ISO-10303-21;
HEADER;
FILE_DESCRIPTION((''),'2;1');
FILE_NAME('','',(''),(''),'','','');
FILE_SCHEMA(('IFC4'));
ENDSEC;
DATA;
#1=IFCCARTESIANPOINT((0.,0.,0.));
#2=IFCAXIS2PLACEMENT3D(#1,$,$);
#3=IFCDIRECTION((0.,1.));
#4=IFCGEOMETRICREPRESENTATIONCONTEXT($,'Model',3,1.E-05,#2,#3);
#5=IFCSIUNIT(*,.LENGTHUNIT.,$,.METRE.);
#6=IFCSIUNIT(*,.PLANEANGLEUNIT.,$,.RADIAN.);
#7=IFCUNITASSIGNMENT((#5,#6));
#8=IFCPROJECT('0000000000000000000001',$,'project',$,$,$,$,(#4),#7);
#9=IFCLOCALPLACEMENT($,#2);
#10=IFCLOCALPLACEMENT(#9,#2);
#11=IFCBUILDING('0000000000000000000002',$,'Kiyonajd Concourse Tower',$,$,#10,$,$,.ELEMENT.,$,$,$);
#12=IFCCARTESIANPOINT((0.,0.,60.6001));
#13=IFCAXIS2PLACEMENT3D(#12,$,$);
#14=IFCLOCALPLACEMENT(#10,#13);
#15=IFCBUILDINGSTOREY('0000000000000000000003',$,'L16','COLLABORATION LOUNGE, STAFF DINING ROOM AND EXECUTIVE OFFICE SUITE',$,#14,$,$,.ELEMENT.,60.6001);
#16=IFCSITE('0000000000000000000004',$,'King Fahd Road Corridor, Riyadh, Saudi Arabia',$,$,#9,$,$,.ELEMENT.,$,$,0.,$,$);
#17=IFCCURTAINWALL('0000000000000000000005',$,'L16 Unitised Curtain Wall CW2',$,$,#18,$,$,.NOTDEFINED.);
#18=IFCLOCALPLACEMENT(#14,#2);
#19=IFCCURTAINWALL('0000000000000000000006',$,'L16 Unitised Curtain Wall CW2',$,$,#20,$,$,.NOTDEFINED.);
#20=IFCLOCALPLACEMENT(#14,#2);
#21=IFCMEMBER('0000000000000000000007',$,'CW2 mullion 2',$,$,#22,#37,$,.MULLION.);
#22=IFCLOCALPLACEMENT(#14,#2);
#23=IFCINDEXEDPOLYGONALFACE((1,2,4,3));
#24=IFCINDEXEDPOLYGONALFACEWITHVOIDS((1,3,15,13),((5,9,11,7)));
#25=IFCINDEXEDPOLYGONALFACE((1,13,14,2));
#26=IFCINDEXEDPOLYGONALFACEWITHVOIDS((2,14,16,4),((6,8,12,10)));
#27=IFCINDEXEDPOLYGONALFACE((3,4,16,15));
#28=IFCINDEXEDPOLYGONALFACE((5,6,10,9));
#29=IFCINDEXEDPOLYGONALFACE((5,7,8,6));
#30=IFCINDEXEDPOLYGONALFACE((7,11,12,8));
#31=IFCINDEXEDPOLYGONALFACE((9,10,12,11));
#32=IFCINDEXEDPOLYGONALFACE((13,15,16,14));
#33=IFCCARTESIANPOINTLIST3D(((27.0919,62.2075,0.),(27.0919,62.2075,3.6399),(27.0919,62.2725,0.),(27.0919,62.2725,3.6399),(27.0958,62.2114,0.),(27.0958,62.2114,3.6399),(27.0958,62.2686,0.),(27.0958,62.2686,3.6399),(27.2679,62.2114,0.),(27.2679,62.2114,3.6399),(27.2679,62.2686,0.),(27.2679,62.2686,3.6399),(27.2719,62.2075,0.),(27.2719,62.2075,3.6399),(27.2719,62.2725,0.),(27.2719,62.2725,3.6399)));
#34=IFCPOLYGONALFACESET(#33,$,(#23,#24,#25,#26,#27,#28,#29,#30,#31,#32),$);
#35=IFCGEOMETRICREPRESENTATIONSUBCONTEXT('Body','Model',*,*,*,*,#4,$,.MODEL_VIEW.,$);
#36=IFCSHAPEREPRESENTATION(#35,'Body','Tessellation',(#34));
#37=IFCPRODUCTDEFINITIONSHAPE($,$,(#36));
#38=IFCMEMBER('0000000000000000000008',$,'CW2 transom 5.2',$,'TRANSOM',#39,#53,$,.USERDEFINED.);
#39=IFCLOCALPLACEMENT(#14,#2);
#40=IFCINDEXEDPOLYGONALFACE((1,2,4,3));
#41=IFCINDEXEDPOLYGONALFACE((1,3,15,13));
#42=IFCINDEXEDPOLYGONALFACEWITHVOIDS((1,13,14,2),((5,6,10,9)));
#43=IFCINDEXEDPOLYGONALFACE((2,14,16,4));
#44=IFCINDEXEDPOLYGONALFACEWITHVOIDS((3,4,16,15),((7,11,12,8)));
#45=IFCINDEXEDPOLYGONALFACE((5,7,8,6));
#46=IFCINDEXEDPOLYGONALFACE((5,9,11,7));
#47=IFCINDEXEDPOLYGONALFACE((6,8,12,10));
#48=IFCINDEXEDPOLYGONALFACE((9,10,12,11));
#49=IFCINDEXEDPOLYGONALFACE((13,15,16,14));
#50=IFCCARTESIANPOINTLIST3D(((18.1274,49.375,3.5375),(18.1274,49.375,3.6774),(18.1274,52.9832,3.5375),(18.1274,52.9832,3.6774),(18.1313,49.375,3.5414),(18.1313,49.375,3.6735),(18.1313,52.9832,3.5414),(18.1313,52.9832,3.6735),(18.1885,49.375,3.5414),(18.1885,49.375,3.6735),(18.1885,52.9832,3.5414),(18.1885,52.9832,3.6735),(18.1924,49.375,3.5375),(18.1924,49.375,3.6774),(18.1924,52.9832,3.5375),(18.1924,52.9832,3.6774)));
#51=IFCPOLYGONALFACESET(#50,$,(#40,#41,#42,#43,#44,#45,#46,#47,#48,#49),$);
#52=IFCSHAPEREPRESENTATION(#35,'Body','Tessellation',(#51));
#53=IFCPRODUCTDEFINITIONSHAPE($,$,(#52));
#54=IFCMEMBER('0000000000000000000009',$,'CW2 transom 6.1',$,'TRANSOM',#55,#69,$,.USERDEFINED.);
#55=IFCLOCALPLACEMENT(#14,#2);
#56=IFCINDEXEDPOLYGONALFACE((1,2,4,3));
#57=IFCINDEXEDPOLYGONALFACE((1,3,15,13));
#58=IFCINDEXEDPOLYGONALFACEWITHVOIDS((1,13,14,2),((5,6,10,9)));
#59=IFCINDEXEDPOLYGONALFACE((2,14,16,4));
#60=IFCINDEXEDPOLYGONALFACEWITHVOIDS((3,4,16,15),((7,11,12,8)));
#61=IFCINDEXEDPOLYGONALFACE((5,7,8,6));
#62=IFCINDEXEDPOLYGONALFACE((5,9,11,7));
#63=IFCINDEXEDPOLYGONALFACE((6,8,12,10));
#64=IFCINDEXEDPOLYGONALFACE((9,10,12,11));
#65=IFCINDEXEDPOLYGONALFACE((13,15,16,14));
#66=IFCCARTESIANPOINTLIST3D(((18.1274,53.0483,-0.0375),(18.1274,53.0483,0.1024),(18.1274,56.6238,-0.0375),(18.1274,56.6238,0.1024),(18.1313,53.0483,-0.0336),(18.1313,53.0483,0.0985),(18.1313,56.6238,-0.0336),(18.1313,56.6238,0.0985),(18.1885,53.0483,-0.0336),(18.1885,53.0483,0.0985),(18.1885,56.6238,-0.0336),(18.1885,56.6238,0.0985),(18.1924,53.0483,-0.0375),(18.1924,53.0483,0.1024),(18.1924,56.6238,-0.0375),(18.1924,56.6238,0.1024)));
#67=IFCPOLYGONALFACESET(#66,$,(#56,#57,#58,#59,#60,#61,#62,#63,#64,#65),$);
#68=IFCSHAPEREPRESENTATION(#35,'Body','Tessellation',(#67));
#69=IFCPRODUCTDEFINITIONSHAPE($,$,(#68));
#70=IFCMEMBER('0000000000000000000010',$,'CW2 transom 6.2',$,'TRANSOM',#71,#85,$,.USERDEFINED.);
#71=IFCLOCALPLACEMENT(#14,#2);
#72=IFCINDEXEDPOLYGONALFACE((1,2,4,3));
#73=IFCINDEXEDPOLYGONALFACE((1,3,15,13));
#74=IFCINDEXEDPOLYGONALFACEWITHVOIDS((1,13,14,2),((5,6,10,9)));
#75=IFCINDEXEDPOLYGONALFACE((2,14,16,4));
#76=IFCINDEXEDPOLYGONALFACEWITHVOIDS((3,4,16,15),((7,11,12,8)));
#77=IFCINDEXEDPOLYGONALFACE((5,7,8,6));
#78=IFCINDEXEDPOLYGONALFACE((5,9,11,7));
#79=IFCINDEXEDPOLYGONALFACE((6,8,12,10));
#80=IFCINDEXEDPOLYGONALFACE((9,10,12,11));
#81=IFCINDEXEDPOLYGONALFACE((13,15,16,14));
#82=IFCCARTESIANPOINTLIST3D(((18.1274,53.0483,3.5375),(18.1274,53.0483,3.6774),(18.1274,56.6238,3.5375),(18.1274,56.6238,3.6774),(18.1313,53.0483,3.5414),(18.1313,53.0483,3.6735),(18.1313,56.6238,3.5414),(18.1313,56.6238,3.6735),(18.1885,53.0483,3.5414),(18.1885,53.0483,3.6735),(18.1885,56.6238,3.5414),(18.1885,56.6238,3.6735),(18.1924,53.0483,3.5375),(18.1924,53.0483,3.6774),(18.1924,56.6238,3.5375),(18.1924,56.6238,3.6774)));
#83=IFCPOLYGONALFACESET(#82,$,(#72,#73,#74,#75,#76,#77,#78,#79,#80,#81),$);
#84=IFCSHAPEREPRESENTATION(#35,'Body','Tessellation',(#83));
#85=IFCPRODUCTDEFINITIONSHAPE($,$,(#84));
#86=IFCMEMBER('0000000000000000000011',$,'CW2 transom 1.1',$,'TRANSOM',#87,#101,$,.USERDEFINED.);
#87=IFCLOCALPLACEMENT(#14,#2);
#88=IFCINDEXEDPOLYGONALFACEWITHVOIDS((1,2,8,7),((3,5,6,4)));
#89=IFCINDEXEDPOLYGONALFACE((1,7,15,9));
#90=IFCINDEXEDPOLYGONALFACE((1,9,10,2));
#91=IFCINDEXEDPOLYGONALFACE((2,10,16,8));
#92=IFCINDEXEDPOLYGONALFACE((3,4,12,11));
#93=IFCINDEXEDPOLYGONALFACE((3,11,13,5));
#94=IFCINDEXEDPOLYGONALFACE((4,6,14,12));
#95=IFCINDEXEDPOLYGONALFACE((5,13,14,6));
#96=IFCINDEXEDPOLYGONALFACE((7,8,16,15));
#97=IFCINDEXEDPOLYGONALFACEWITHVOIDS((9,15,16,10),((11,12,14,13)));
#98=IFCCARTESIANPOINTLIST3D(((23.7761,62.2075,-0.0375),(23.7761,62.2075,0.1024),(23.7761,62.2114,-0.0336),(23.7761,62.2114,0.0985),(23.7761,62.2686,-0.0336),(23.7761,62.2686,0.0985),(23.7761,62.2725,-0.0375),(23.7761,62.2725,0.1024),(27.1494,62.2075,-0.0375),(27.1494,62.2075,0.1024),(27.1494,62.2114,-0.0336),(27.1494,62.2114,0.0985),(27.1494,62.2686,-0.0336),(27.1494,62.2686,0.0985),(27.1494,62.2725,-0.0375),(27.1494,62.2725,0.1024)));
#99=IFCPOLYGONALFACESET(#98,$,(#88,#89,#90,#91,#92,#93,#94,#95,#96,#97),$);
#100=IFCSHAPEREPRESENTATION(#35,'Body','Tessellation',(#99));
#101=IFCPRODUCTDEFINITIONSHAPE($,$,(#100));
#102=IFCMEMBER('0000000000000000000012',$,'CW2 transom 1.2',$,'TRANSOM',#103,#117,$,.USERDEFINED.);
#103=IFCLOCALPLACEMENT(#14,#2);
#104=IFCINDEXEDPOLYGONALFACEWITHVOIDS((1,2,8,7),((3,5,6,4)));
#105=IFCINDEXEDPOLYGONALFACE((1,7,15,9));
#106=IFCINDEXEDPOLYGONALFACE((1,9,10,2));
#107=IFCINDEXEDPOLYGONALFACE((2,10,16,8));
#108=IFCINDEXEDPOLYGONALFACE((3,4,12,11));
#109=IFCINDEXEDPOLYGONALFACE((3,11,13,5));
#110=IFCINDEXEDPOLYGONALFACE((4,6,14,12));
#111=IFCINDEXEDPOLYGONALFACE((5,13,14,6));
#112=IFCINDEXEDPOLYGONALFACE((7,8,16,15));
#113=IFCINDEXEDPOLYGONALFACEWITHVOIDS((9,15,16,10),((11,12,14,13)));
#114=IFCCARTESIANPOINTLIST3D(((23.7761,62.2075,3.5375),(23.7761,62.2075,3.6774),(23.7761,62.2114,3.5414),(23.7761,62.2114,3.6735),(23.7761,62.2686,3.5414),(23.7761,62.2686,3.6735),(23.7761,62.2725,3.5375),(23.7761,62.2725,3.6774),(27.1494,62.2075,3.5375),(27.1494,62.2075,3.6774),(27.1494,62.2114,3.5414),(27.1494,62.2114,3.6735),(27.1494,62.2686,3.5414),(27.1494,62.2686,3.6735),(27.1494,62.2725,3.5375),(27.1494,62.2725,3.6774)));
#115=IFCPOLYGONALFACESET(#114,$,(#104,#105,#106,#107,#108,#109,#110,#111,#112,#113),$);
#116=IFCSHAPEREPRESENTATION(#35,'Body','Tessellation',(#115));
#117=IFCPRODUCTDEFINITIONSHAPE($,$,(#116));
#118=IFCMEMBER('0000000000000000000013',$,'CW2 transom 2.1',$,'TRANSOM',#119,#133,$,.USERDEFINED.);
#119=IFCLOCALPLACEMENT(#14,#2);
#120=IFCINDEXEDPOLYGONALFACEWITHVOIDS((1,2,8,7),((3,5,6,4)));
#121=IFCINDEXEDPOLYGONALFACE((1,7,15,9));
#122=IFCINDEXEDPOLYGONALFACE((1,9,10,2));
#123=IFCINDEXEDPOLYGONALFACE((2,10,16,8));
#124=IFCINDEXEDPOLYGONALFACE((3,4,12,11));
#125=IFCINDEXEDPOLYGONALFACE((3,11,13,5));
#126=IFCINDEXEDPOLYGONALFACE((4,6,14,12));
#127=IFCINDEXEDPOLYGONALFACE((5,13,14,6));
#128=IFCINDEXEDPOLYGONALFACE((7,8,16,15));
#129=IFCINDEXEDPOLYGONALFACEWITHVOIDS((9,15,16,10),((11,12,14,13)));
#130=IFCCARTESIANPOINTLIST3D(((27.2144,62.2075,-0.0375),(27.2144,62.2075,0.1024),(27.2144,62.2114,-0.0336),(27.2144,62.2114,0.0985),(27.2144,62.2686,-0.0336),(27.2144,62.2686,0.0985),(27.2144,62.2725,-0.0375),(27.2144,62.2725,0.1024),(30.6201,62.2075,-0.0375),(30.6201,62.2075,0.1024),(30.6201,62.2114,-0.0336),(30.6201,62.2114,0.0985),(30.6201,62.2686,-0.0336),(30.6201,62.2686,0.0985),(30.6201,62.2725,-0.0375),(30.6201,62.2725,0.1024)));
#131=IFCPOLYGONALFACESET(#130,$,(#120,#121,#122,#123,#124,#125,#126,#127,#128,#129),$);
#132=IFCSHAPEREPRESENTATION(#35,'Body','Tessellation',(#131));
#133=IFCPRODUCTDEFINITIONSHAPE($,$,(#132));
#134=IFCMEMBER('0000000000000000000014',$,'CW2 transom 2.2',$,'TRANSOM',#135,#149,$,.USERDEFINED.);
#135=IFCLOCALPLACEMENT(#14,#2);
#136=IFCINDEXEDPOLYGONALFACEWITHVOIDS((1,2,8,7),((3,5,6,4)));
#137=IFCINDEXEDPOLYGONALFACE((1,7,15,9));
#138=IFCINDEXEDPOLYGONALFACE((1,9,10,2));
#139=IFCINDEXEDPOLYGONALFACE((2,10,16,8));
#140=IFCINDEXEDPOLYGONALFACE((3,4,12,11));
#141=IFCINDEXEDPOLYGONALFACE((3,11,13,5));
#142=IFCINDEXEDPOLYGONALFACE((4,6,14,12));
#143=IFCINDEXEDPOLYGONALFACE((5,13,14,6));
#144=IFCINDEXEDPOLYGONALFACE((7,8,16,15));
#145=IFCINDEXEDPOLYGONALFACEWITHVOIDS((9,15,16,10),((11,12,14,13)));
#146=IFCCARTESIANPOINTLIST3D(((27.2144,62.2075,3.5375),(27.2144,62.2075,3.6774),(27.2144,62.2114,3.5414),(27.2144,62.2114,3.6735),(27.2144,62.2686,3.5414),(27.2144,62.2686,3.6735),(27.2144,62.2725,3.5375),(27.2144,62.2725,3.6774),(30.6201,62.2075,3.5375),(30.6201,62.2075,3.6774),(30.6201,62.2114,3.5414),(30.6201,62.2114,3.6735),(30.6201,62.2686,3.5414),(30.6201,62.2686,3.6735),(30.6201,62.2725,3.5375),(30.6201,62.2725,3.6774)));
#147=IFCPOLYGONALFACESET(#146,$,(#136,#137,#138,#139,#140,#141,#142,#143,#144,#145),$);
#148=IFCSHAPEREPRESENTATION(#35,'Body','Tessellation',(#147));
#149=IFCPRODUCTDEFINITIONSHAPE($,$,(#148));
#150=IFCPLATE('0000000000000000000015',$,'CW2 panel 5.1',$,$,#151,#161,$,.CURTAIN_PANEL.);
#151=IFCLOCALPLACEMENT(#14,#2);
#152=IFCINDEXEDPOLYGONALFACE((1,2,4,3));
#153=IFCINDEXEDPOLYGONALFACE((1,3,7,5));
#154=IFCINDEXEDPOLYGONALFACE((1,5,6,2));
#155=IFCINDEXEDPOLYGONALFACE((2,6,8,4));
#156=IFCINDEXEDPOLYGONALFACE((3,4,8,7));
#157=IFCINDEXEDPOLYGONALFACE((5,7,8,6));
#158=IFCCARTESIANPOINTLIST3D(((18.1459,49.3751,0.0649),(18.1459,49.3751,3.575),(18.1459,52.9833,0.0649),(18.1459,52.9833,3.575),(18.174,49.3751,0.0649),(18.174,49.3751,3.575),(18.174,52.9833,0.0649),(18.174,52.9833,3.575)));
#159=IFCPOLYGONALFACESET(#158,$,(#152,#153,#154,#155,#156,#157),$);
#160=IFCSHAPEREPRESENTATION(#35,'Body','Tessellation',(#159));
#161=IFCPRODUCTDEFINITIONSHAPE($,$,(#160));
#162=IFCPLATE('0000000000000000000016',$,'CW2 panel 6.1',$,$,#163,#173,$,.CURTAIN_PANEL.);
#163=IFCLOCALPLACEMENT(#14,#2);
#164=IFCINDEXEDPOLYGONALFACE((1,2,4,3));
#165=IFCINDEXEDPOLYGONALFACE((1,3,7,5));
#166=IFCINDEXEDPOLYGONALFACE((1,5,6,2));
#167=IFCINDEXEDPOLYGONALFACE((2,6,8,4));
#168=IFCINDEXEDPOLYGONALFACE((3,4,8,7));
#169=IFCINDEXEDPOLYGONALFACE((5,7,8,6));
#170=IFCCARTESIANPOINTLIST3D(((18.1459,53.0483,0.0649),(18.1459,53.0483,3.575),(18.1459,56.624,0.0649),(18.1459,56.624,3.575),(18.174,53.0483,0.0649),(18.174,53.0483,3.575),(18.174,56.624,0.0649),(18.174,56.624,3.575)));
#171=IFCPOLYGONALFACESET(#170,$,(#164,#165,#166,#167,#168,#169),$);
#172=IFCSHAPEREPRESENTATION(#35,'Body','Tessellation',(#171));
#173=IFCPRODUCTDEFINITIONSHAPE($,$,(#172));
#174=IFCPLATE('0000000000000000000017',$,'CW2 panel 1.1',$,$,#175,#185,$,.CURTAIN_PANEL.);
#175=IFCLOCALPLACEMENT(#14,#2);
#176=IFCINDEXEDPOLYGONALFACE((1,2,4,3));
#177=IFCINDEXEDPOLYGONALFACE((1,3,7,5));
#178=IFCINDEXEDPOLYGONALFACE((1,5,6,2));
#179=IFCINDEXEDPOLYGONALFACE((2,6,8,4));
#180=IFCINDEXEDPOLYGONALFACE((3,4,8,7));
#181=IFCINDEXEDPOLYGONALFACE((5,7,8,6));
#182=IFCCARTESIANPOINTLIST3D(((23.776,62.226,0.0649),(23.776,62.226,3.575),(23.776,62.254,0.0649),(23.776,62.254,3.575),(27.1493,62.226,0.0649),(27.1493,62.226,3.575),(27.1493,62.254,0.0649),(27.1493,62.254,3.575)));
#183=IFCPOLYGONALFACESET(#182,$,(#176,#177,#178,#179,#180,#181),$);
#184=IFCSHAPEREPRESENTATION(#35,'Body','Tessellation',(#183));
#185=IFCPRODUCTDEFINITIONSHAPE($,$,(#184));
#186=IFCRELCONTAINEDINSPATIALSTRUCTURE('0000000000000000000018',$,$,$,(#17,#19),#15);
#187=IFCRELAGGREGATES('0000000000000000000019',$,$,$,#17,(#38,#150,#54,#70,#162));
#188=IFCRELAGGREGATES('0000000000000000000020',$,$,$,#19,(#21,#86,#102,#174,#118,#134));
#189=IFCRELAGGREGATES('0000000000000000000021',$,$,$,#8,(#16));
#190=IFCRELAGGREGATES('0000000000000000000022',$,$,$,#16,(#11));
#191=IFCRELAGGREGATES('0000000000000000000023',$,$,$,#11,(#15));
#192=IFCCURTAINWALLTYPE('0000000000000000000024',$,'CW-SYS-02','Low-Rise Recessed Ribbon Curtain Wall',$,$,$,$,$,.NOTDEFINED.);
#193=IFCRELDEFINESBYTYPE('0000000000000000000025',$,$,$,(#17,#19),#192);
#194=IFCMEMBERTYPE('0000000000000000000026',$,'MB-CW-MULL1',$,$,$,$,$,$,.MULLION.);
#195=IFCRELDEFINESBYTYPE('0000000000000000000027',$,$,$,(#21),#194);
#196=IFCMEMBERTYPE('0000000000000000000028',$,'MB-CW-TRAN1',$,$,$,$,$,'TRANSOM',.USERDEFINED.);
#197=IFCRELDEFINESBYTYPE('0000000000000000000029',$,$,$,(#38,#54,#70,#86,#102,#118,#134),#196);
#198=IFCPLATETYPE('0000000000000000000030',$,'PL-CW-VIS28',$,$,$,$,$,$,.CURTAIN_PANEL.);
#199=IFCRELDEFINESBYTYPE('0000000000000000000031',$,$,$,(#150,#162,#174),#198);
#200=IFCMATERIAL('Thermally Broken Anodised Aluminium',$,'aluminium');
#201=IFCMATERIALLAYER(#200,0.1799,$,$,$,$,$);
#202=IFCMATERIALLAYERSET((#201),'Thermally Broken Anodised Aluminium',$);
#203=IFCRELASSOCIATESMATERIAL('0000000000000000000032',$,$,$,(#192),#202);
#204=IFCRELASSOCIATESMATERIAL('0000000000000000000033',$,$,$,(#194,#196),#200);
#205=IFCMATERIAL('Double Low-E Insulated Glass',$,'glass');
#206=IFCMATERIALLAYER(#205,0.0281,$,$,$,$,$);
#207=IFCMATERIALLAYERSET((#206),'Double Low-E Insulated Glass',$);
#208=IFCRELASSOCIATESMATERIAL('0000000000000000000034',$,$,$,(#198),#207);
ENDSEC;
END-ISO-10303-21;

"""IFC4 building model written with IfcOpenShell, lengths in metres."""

from ifc_helpers import new_model, si_unit, direction, frame, origin, origin_2d, place, context, subcontext, project, spatial, rectangle, hollow_rectangle, extrude, material, layer, layer_set, material_profile, profile_set, type_object, element, aggregate, save


model = new_model("IFC4")

# Units and contexts
model_context = context("Model", 3, precision=1e-05, world=origin(), true_north=direction((0.0, 1.0)))
body_context = subcontext(model_context, "Body", "Model", "MODEL_VIEW")
ifc_project = project(units=[si_unit("LENGTHUNIT", "METRE"), si_unit("PLANEANGLEUNIT", "RADIAN")], contexts=[model_context])

# Site, building, storey
site_placement = place(None, origin())
site = spatial("IfcSite", under=ifc_project, at=site_placement, Name="King Fahd Road Corridor, Riyadh, Saudi Arabia", CompositionType="ELEMENT", RefElevation=0.0)
building_placement = place(site_placement, origin())
building = spatial("IfcBuilding", under=site, at=building_placement, Name="Kiyonajd Concourse Tower", CompositionType="ELEMENT")
storey_placement = place(building_placement, frame((0.0, 0.0, 60.6001)))
storey = spatial("IfcBuildingStorey", under=building, at=storey_placement, Name="L16", Description="COLLABORATION LOUNGE, STAFF DINING ROOM AND EXECUTIVE OFFICE SUITE", CompositionType="ELEMENT", Elevation=60.6001)

# Curtain walls, member
ifc_material_1 = material(Name="Thermally Broken Anodised Aluminium", Category="aluminium")
ifc_layer_1 = layer(ifc_material_1, 0.1799)
ifc_layer_set_1 = layer_set([ifc_layer_1], Name="Thermally Broken Anodised Aluminium")
curtain_wall_type = type_object("IfcCurtainWallType", Name="CW-SYS-02", Description="Low-Rise Recessed Ribbon Curtain Wall", PredefinedType="NOTDEFINED", material=ifc_layer_set_1)
curtain_wall_1_placement = place(storey_placement, origin())
curtain_wall_1 = element("IfcCurtainWall", 1, at=curtain_wall_1_placement, inside=storey, type_object=curtain_wall_type, Name="L16 Unitised Curtain Wall CW2", PredefinedType="NOTDEFINED")
ifc_material_profile_1 = material_profile(ifc_material_1, hollow_rectangle(XDim=0.0649, YDim=0.1799, WallThickness=0.0039, at=origin_2d()), Name="MULL-65x180")
ifc_profile_set_1 = profile_set([ifc_material_profile_1], Name="Thermally Broken Anodised Aluminium")
member_type_1 = type_object("IfcMemberType", Name="MB-CW-MULL1", PredefinedType="MULLION", material=ifc_profile_set_1)
curtain_wall_2_placement = place(storey_placement, origin())
curtain_wall_2 = element("IfcCurtainWall", 2, at=curtain_wall_2_placement, inside=storey, type_object=curtain_wall_type, Name="L16 Unitised Curtain Wall CW2", PredefinedType="NOTDEFINED")
member_1_placement = place(storey_placement, frame((27.1819, 62.24, 0.0), z_axis=(0.0, 0.0, 1.0), x_axis=(0.0, 1.0, 0.0)))
member_1 = element("IfcMember", 3, at=member_1_placement, type_object=member_type_1, Name="CW2 mullion 2", PredefinedType="MULLION", context=body_context, shape_type="SweptSolid", body=[
    extrude(hollow_rectangle(XDim=0.0649, YDim=0.1799, WallThickness=0.0039, at=origin_2d()), origin(), (0.0, 0.0, 1.0), 3.6399),
])

# Members
ifc_material_profile_2 = material_profile(ifc_material_1, hollow_rectangle(XDim=0.0649, YDim=0.1399, WallThickness=0.0039, at=origin_2d()), Name="TRAN-65x140")
ifc_profile_set_2 = profile_set([ifc_material_profile_2], Name="Thermally Broken Anodised Aluminium")
member_type_2 = type_object("IfcMemberType", Name="MB-CW-TRAN1", ElementType="TRANSOM", PredefinedType="USERDEFINED", material=ifc_profile_set_2)
member_2_placement = place(storey_placement, frame((18.1599, 49.375, 3.6074), z_axis=(0.0, 1.0, 0.0), x_axis=(-1.0, 0.0, 0.0)))
member_2 = element("IfcMember", 4, at=member_2_placement, type_object=member_type_2, Name="CW2 transom 5.2", ObjectType="TRANSOM", PredefinedType="USERDEFINED", context=body_context, shape_type="SweptSolid", body=[
    extrude(hollow_rectangle(XDim=0.0649, YDim=0.1399, WallThickness=0.0039, at=origin_2d()), origin(), (0.0, 0.0, 1.0), 3.6082),
])
member_3_placement = place(storey_placement, frame((18.1599, 53.0483, 0.0325), z_axis=(0.0, 1.0, 0.0), x_axis=(-1.0, 0.0, 0.0)))
member_3 = element("IfcMember", 5, at=member_3_placement, type_object=member_type_2, Name="CW2 transom 6.1", ObjectType="TRANSOM", PredefinedType="USERDEFINED", context=body_context, shape_type="SweptSolid", body=[
    extrude(hollow_rectangle(XDim=0.0649, YDim=0.1399, WallThickness=0.0039, at=origin_2d()), origin(), (0.0, 0.0, 1.0), 3.5754),
])
member_4_placement = place(storey_placement, frame((18.1599, 53.0483, 3.6074), z_axis=(0.0, 1.0, 0.0), x_axis=(-1.0, 0.0, 0.0)))
member_4 = element("IfcMember", 6, at=member_4_placement, type_object=member_type_2, Name="CW2 transom 6.2", ObjectType="TRANSOM", PredefinedType="USERDEFINED", context=body_context, shape_type="SweptSolid", body=[
    extrude(hollow_rectangle(XDim=0.0649, YDim=0.1399, WallThickness=0.0039, at=origin_2d()), origin(), (0.0, 0.0, 1.0), 3.5754),
])
member_5_placement = place(storey_placement, frame((23.7761, 62.24, 0.0325), z_axis=(1.0, 0.0, 0.0), x_axis=(0.0, 1.0, 0.0)))
member_5 = element("IfcMember", 7, at=member_5_placement, type_object=member_type_2, Name="CW2 transom 1.1", ObjectType="TRANSOM", PredefinedType="USERDEFINED", context=body_context, shape_type="SweptSolid", body=[
    extrude(hollow_rectangle(XDim=0.0649, YDim=0.1399, WallThickness=0.0039, at=origin_2d()), origin(), (0.0, 0.0, 1.0), 3.3733),
])
member_6_placement = place(storey_placement, frame((23.7761, 62.24, 3.6074), z_axis=(1.0, 0.0, 0.0), x_axis=(0.0, 1.0, 0.0)))
member_6 = element("IfcMember", 8, at=member_6_placement, type_object=member_type_2, Name="CW2 transom 1.2", ObjectType="TRANSOM", PredefinedType="USERDEFINED", context=body_context, shape_type="SweptSolid", body=[
    extrude(hollow_rectangle(XDim=0.0649, YDim=0.1399, WallThickness=0.0039, at=origin_2d()), origin(), (0.0, 0.0, 1.0), 3.3733),
])
member_7_placement = place(storey_placement, frame((27.2144, 62.24, 0.0325), z_axis=(1.0, 0.0, 0.0), x_axis=(0.0, 1.0, 0.0)))
member_7 = element("IfcMember", 9, at=member_7_placement, type_object=member_type_2, Name="CW2 transom 2.1", ObjectType="TRANSOM", PredefinedType="USERDEFINED", context=body_context, shape_type="SweptSolid", body=[
    extrude(hollow_rectangle(XDim=0.0649, YDim=0.1399, WallThickness=0.0039, at=origin_2d()), origin(), (0.0, 0.0, 1.0), 3.4058),
])
member_8_placement = place(storey_placement, frame((27.2144, 62.24, 3.6074), z_axis=(1.0, 0.0, 0.0), x_axis=(0.0, 1.0, 0.0)))
member_8 = element("IfcMember", 10, at=member_8_placement, type_object=member_type_2, Name="CW2 transom 2.2", ObjectType="TRANSOM", PredefinedType="USERDEFINED", context=body_context, shape_type="SweptSolid", body=[
    extrude(hollow_rectangle(XDim=0.0649, YDim=0.1399, WallThickness=0.0039, at=origin_2d()), origin(), (0.0, 0.0, 1.0), 3.4058),
])

# Plates
ifc_material_2 = material(Name="Double Low-E Insulated Glass", Category="glass")
ifc_layer_2 = layer(ifc_material_2, 0.0281)
ifc_layer_set_2 = layer_set([ifc_layer_2], Name="Double Low-E Insulated Glass")
plate_type_1 = type_object("IfcPlateType", Name="PL-CW-VIS28", PredefinedType="CURTAIN_PANEL", material=ifc_layer_set_2)
plate_1_placement = place(storey_placement, frame((18.1599, 51.1792, 0.0649), z_axis=(0.0, 0.0, 1.0), x_axis=(0.0, 1.0, 0.0)))
plate_1 = element("IfcPlate", 11, at=plate_1_placement, type_object=plate_type_1, Name="CW2 panel 5.1", PredefinedType="CURTAIN_PANEL", context=body_context, shape_type="SweptSolid", body=[
    extrude(rectangle(XDim=3.6082, YDim=0.0281, at=origin_2d()), origin(), (0.0, 0.0, 1.0), 3.51),
])
plate_2_placement = place(storey_placement, frame((18.1599, 54.8362, 0.0649), z_axis=(0.0, 0.0, 1.0), x_axis=(0.0, 1.0, 0.0)))
plate_2 = element("IfcPlate", 12, at=plate_2_placement, type_object=plate_type_1, Name="CW2 panel 6.1", PredefinedType="CURTAIN_PANEL", context=body_context, shape_type="SweptSolid", body=[
    extrude(rectangle(XDim=3.5757, YDim=0.0281, at=origin_2d()), origin(), (0.0, 0.0, 1.0), 3.51),
])
aggregate(curtain_wall_1, [member_2, plate_1, member_3, member_4, plate_2])
plate_3_placement = place(storey_placement, frame((25.4626, 62.24, 0.0649), z_axis=(0.0, 0.0, 1.0), x_axis=(1.0, 0.0, 0.0)))
plate_3 = element("IfcPlate", 13, at=plate_3_placement, type_object=plate_type_1, Name="CW2 panel 1.1", PredefinedType="CURTAIN_PANEL", context=body_context, shape_type="SweptSolid", body=[
    extrude(rectangle(XDim=3.3733, YDim=0.0281, at=origin_2d()), origin(), (0.0, 0.0, 1.0), 3.51),
])
aggregate(curtain_wall_2, [member_1, member_5, member_6, plate_3, member_7, member_8])

save(model, "model.ifc")
